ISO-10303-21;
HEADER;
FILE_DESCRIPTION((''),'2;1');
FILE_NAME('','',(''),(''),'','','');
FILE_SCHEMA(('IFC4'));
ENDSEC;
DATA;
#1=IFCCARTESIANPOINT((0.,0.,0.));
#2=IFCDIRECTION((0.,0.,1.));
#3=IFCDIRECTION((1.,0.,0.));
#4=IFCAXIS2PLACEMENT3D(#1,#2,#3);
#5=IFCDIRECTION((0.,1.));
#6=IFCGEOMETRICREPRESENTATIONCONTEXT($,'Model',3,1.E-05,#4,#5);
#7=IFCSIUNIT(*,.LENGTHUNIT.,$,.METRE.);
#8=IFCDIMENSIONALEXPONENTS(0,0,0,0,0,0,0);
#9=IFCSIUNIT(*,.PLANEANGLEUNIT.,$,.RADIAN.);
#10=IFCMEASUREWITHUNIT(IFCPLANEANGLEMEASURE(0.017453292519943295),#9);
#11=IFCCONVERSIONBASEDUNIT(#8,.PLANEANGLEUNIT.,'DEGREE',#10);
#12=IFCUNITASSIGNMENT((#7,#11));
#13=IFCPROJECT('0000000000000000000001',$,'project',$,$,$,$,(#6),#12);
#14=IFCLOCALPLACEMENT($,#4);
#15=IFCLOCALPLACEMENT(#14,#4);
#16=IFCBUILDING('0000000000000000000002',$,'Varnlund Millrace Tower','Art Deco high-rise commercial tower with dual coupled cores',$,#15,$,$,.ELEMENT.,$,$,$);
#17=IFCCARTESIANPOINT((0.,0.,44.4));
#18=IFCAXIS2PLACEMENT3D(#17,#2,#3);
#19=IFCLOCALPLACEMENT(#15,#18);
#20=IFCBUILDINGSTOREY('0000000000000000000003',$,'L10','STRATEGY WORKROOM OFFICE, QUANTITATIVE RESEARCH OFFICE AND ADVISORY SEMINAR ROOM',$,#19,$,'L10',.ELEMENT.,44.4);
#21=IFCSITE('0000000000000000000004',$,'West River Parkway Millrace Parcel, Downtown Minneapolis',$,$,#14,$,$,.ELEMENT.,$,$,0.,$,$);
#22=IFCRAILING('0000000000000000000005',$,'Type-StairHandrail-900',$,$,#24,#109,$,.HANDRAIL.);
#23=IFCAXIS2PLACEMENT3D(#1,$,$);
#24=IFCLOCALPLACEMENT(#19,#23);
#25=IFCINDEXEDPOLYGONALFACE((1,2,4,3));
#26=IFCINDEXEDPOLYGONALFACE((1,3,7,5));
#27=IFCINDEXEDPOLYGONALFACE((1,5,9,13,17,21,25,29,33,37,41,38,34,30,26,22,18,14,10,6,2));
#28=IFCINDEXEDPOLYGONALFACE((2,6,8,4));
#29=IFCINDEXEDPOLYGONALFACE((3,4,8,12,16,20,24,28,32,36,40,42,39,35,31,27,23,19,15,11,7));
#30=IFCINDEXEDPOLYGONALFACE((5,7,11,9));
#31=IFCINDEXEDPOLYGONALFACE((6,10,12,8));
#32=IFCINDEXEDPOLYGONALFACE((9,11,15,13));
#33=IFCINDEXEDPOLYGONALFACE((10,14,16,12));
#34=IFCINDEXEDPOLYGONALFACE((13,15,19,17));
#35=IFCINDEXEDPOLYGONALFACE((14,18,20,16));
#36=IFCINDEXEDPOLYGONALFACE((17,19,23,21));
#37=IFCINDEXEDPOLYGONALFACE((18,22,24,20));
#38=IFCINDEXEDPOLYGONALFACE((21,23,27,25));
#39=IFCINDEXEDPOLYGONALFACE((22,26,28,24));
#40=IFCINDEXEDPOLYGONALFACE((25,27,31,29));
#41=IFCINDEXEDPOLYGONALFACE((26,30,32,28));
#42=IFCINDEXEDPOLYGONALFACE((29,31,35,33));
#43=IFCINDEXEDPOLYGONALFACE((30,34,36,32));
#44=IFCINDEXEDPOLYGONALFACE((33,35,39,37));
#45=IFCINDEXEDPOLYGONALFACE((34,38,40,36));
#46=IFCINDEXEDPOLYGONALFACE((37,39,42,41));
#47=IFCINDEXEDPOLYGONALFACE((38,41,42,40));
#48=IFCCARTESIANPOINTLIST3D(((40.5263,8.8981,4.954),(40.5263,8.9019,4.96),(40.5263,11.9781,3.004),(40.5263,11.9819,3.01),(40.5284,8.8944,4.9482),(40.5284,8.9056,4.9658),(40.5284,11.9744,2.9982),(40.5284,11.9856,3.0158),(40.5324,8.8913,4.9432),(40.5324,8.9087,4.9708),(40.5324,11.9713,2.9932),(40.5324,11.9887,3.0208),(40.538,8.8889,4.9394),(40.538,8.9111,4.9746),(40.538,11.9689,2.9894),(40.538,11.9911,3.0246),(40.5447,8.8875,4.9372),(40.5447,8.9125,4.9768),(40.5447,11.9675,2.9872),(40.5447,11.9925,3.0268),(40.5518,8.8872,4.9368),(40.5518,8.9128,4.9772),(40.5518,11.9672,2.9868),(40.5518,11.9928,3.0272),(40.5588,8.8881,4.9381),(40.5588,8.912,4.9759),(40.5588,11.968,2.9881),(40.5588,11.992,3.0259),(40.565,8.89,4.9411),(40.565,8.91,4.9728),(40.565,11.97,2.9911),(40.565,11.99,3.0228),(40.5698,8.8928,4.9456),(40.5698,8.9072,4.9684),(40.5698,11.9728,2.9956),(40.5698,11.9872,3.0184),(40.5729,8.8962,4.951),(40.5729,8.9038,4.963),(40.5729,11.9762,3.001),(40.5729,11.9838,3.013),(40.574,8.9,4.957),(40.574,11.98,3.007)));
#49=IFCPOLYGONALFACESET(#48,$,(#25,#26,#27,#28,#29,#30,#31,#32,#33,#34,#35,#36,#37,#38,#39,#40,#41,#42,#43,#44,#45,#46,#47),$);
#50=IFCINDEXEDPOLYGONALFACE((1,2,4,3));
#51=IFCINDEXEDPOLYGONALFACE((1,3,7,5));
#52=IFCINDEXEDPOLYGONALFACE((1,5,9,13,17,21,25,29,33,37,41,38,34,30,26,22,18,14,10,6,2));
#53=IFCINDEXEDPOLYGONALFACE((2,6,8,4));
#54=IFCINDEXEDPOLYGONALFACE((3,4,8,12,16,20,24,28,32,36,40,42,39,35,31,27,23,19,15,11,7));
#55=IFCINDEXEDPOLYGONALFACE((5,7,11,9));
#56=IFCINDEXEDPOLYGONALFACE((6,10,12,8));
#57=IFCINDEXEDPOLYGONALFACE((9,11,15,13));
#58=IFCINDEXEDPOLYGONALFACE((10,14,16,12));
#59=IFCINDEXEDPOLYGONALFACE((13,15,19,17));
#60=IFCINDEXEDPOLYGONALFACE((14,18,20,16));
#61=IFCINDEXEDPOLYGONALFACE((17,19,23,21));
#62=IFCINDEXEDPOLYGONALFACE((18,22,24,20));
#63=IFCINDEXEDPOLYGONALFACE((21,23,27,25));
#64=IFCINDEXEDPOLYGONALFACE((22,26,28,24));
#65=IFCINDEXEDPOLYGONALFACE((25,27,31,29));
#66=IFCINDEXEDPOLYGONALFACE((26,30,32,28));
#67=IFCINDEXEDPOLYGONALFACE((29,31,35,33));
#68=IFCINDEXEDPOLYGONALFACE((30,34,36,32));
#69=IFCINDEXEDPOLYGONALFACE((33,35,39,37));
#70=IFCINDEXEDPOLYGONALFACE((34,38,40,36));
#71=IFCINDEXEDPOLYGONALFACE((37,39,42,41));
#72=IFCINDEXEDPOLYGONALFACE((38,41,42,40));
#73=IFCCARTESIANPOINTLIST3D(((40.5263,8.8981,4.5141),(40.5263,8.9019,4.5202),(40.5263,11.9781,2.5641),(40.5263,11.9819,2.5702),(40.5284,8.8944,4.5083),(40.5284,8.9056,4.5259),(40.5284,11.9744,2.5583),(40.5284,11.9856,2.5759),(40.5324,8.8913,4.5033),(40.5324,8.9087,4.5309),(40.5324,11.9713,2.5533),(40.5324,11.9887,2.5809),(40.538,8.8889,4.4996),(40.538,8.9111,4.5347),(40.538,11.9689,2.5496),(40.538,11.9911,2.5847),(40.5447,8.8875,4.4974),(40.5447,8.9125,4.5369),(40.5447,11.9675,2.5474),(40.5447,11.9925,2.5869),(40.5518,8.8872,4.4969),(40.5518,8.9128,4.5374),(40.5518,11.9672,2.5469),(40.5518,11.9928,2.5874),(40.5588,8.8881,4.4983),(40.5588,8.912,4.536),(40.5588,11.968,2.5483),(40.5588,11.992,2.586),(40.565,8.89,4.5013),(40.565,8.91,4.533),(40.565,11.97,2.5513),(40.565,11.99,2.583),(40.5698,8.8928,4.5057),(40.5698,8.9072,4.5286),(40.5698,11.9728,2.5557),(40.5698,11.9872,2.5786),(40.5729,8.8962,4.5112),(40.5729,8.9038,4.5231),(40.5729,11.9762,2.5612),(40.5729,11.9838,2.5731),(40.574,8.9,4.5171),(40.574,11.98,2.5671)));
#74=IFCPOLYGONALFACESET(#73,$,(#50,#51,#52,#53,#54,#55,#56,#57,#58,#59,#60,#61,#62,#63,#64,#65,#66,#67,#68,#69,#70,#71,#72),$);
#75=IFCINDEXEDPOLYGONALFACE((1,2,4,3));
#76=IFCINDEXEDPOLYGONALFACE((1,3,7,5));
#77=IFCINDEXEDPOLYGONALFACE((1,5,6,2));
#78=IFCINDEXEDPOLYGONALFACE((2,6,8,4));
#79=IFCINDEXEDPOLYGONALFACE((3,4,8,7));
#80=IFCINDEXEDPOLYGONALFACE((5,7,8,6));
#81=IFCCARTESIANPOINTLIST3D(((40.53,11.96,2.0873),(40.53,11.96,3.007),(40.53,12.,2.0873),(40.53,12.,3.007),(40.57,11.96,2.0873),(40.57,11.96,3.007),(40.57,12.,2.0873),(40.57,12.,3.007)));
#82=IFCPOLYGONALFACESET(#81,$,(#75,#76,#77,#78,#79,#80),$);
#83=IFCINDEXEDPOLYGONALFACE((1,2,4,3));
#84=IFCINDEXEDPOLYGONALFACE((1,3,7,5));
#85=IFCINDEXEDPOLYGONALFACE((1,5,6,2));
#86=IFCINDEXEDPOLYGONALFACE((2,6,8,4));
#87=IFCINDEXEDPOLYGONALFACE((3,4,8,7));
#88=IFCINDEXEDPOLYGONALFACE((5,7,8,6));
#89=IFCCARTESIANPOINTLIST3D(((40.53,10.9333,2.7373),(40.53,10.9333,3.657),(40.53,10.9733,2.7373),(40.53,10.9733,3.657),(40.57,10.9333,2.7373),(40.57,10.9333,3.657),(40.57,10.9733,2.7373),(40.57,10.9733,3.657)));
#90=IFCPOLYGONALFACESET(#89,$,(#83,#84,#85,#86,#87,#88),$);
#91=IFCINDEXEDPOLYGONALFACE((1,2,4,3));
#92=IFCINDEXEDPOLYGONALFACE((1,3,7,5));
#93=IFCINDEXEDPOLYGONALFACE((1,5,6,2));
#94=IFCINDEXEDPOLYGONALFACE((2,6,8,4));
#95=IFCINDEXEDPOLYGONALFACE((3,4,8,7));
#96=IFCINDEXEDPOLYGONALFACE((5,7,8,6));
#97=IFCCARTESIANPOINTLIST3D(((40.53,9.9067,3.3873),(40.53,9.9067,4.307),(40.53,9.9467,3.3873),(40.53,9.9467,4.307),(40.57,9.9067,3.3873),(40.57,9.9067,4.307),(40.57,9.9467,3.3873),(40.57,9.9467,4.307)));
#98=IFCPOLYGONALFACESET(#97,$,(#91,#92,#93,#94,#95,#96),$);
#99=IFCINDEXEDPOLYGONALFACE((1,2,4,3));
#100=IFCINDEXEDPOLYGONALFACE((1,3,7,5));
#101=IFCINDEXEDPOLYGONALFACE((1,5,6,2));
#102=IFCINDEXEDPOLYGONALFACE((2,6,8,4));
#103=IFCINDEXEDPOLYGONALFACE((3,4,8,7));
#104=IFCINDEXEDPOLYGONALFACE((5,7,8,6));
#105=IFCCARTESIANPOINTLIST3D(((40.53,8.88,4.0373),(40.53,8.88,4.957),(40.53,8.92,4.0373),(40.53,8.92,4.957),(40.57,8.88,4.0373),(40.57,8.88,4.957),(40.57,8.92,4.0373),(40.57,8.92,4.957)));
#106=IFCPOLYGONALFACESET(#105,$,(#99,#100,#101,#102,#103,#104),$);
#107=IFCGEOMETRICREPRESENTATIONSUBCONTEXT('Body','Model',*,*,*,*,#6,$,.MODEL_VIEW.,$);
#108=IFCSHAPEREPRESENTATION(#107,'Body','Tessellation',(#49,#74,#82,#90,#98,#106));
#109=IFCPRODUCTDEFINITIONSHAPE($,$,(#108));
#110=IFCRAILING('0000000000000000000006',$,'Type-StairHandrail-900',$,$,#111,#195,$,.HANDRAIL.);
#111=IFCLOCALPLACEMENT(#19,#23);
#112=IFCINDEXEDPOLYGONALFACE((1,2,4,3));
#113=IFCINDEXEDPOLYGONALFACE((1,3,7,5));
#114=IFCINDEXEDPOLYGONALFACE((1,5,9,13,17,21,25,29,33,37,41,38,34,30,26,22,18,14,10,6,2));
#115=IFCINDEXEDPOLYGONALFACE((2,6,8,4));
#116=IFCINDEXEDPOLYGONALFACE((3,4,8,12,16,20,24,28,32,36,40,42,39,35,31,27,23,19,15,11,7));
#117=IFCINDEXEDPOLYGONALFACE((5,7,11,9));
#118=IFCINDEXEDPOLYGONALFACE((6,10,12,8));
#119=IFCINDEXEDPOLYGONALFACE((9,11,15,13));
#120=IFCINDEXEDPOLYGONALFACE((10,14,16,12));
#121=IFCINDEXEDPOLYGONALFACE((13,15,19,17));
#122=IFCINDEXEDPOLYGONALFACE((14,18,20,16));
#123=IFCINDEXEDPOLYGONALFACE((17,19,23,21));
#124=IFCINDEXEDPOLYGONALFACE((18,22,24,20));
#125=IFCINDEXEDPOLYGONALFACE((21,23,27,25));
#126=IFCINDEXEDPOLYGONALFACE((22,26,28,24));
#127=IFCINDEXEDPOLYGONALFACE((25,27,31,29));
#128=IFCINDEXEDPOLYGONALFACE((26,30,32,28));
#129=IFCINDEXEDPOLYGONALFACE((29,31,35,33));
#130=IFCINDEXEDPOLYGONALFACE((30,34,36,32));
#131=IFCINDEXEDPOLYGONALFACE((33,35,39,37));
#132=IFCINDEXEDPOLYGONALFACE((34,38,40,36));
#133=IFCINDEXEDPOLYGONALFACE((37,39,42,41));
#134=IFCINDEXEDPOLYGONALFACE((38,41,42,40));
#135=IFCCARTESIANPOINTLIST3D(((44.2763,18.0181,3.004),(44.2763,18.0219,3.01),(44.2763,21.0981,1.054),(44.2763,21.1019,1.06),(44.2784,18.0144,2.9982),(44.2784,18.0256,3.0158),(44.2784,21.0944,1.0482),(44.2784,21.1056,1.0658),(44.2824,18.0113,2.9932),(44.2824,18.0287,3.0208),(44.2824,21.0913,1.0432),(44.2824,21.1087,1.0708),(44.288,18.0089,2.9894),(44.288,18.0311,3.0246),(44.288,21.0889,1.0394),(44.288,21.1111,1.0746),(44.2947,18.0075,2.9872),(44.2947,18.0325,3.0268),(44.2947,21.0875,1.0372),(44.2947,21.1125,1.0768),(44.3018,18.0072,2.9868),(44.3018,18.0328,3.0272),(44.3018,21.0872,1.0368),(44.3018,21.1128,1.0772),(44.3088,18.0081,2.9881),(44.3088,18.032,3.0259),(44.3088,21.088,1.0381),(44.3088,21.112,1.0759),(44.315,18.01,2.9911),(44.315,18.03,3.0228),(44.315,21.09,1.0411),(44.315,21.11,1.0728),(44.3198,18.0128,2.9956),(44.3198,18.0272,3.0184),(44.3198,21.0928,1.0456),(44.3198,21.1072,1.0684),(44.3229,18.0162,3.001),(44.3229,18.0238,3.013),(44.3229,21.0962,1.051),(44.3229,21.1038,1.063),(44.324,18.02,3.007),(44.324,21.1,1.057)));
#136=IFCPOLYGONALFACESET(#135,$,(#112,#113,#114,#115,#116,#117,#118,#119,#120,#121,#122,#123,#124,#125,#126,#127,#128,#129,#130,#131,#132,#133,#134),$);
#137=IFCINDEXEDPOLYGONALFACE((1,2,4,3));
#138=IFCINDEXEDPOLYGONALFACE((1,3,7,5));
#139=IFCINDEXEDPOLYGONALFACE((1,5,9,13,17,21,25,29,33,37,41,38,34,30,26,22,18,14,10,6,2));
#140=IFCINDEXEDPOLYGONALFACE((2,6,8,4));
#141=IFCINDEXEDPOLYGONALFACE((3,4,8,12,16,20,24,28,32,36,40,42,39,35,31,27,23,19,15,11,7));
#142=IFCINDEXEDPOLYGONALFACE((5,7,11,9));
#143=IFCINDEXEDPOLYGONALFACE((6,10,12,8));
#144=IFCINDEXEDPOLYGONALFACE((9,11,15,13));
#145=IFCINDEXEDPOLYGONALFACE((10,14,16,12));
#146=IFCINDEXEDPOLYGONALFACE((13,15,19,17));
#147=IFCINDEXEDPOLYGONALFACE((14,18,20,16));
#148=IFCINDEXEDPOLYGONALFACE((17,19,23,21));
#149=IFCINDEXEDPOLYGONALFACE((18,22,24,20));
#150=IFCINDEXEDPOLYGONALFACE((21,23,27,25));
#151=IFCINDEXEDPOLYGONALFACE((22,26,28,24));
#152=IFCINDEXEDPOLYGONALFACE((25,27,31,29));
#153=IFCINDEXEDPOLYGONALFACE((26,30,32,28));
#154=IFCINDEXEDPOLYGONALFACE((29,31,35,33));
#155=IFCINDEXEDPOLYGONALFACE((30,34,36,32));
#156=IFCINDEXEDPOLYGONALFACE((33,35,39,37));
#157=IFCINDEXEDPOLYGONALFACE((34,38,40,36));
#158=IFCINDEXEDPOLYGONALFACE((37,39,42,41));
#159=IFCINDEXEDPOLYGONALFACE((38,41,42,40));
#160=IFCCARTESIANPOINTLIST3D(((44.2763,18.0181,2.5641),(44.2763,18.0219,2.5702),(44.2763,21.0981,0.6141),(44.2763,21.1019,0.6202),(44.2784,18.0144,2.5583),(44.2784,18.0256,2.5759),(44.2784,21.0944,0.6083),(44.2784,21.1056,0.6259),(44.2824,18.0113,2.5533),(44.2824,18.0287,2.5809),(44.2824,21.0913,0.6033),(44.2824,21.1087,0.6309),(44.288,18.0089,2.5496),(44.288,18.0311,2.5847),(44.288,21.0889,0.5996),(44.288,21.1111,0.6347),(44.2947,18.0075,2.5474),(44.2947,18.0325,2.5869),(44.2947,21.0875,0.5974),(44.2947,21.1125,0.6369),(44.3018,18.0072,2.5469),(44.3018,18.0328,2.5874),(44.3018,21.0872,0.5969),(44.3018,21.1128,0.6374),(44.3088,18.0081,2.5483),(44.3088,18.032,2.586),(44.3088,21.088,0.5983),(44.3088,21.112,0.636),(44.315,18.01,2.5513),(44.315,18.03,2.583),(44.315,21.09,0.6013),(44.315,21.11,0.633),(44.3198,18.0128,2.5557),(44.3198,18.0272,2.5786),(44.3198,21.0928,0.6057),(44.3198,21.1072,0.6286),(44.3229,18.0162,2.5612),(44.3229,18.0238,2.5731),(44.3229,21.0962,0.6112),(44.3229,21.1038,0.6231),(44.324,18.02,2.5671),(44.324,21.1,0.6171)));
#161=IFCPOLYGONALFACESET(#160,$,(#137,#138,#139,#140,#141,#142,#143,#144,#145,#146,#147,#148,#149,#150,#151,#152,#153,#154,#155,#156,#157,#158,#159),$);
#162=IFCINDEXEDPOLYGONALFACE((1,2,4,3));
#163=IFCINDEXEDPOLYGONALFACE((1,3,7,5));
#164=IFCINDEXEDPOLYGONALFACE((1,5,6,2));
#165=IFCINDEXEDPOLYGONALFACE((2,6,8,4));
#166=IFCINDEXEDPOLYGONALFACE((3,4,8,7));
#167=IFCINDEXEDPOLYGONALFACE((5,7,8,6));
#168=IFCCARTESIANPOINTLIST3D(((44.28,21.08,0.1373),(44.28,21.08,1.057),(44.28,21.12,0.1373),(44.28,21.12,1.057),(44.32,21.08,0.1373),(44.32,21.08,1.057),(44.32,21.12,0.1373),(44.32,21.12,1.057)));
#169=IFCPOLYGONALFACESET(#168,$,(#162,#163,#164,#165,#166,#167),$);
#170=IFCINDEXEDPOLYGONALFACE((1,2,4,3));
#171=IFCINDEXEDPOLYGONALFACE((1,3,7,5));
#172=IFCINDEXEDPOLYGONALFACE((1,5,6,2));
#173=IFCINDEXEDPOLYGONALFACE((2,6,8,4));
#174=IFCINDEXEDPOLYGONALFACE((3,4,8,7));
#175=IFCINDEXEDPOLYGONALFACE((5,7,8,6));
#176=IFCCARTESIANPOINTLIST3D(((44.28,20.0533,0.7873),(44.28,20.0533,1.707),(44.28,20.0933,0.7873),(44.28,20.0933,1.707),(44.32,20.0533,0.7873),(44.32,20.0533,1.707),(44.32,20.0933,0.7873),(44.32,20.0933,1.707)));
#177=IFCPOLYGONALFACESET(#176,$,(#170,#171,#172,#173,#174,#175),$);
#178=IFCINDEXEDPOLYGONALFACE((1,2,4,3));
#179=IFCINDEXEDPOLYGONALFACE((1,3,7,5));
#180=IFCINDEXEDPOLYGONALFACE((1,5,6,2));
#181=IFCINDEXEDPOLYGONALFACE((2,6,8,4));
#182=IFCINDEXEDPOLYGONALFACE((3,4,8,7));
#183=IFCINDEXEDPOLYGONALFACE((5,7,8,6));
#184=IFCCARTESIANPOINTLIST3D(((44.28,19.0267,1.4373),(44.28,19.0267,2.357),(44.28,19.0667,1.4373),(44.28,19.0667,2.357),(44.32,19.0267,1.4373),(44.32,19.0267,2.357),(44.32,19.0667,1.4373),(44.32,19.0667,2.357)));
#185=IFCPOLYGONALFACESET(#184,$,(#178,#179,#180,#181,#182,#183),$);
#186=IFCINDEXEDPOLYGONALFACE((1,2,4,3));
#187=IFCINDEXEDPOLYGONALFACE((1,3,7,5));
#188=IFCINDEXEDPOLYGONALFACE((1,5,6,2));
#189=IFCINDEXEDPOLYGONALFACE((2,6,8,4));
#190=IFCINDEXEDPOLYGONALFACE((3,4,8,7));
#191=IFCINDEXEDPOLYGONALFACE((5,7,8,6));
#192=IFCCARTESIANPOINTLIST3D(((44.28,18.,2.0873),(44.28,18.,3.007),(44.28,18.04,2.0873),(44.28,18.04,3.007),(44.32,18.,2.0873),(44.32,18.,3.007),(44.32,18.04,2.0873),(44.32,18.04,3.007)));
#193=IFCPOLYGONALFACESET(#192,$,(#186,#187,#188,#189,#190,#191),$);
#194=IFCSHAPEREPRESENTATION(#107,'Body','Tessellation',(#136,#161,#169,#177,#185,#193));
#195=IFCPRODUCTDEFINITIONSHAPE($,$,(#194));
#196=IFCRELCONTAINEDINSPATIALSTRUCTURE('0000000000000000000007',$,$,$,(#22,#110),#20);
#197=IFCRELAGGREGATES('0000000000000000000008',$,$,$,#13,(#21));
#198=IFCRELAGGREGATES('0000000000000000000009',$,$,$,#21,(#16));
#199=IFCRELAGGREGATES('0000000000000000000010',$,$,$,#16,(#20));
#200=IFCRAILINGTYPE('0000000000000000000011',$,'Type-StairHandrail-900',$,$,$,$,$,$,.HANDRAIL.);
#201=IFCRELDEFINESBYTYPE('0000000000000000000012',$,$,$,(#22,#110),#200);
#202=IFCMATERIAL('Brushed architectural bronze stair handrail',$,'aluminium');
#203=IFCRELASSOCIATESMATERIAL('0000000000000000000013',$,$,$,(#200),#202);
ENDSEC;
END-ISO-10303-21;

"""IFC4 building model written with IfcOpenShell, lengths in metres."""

from ifc_helpers import new_model, entity, si_unit, converted_unit, direction, frame, origin_with_axes, origin_2d_with_axis, place, context, subcontext, project, spatial, rectangle, circle, extrude, material, type_object, element, save


model = new_model("IFC4")

# Units and contexts
model_context = context("Model", 3, precision=1e-05, world=origin_with_axes(), true_north=direction((0.0, 1.0)))
body_context = subcontext(model_context, "Body", "Model", "MODEL_VIEW")
ifc_project = project(units=[si_unit("LENGTHUNIT", "METRE"), converted_unit("PLANEANGLEUNIT", "DEGREE", entity("IfcPlaneAngleMeasure", 0.017453292519943295), si_unit("PLANEANGLEUNIT", "RADIAN"), dimensions=[0, 0, 0, 0, 0, 0, 0])], contexts=[model_context])

# Site, building, storey
site_placement = place(None, origin_with_axes())
site = spatial("IfcSite", under=ifc_project, at=site_placement, Name="West River Parkway Millrace Parcel, Downtown Minneapolis", CompositionType="ELEMENT", RefElevation=0.0)
building_placement = place(site_placement, origin_with_axes())
building = spatial("IfcBuilding", under=site, at=building_placement, Name="Varnlund Millrace Tower", Description="Art Deco high-rise commercial tower with dual coupled cores", CompositionType="ELEMENT")
storey_placement = place(building_placement, frame((0.0, 0.0, 44.4), z_axis=(0.0, 0.0, 1.0), x_axis=(1.0, 0.0, 0.0)))
storey = spatial("IfcBuildingStorey", under=building, at=storey_placement, Name="L10", Description="STRATEGY WORKROOM OFFICE, QUANTITATIVE RESEARCH OFFICE AND ADVISORY SEMINAR ROOM", LongName="L10", CompositionType="ELEMENT", Elevation=44.4)

# Railings
ifc_material_1 = material(Name="Brushed architectural bronze stair handrail", Category="aluminium")
railing_type_1 = type_object("IfcRailingType", Name="Type-StairHandrail-900", PredefinedType="HANDRAIL", material=ifc_material_1)
railing_1_placement = place(storey_placement, frame((0.0, 0.0, -44.4), z_axis=(0.0, 0.0, 1.0), x_axis=(1.0, 0.0, 0.0)))
element("IfcRailing", 1, at=railing_1_placement, inside=storey, type_object=railing_type_1, Name="Type-StairHandrail-900", PredefinedType="HANDRAIL", context=body_context, shape_type="SweptSolid", body=[
    extrude(circle(Radius=0.024, at=origin_2d_with_axis()), frame((40.55, 11.98, 47.407), z_axis=(0.0, -0.844902, 0.534922), x_axis=(1.0, 0.0, 0.0)), (0.0, 0.0, 1.0), 3.6454),
    extrude(circle(Radius=0.024, at=origin_2d_with_axis()), frame((40.55, 11.98, 46.9671), z_axis=(0.0, -0.844902, 0.534922), x_axis=(1.0, 0.0, 0.0)), (0.0, 0.0, 1.0), 3.6454),
    extrude(rectangle(XDim=0.04, YDim=0.04, at=origin_2d_with_axis()), frame((40.55, 11.98, 46.4873), z_axis=(0.0, 0.0, 1.0), x_axis=(1.0, 0.0, 0.0)), (0.0, 0.0, 1.0), 0.9197),
    extrude(rectangle(XDim=0.04, YDim=0.04, at=origin_2d_with_axis()), frame((40.55, 10.9533, 47.1373), z_axis=(0.0, 0.0, 1.0), x_axis=(1.0, 0.0, 0.0)), (0.0, 0.0, 1.0), 0.9197),
    extrude(rectangle(XDim=0.04, YDim=0.04, at=origin_2d_with_axis()), frame((40.55, 9.9267, 47.7873), z_axis=(0.0, 0.0, 1.0), x_axis=(1.0, 0.0, 0.0)), (0.0, 0.0, 1.0), 0.9197),
    extrude(rectangle(XDim=0.04, YDim=0.04, at=origin_2d_with_axis()), frame((40.55, 8.9, 48.4373), z_axis=(0.0, 0.0, 1.0), x_axis=(1.0, 0.0, 0.0)), (0.0, 0.0, 1.0), 0.9197),
])
railing_2_placement = place(storey_placement, frame((0.0, 0.0, -44.4), z_axis=(0.0, 0.0, 1.0), x_axis=(1.0, 0.0, 0.0)))
element("IfcRailing", 2, at=railing_2_placement, inside=storey, type_object=railing_type_1, Name="Type-StairHandrail-900", PredefinedType="HANDRAIL", context=body_context, shape_type="SweptSolid", body=[
    extrude(circle(Radius=0.024, at=origin_2d_with_axis()), frame((44.3, 21.1, 45.457), z_axis=(0.0, -0.844902, 0.534922), x_axis=(1.0, 0.0, 0.0)), (0.0, 0.0, 1.0), 3.6454),
    extrude(circle(Radius=0.024, at=origin_2d_with_axis()), frame((44.3, 21.1, 45.0171), z_axis=(0.0, -0.844902, 0.534922), x_axis=(1.0, 0.0, 0.0)), (0.0, 0.0, 1.0), 3.6454),
    extrude(rectangle(XDim=0.04, YDim=0.04, at=origin_2d_with_axis()), frame((44.3, 21.1, 44.5373), z_axis=(0.0, 0.0, 1.0), x_axis=(1.0, 0.0, 0.0)), (0.0, 0.0, 1.0), 0.9197),
    extrude(rectangle(XDim=0.04, YDim=0.04, at=origin_2d_with_axis()), frame((44.3, 20.0733, 45.1873), z_axis=(0.0, 0.0, 1.0), x_axis=(1.0, 0.0, 0.0)), (0.0, 0.0, 1.0), 0.9197),
    extrude(rectangle(XDim=0.04, YDim=0.04, at=origin_2d_with_axis()), frame((44.3, 19.0467, 45.8373), z_axis=(0.0, 0.0, 1.0), x_axis=(1.0, 0.0, 0.0)), (0.0, 0.0, 1.0), 0.9197),
    extrude(rectangle(XDim=0.04, YDim=0.04, at=origin_2d_with_axis()), frame((44.3, 18.02, 46.4873), z_axis=(0.0, 0.0, 1.0), x_axis=(1.0, 0.0, 0.0)), (0.0, 0.0, 1.0), 0.9197),
])

save(model, "model.ifc")
